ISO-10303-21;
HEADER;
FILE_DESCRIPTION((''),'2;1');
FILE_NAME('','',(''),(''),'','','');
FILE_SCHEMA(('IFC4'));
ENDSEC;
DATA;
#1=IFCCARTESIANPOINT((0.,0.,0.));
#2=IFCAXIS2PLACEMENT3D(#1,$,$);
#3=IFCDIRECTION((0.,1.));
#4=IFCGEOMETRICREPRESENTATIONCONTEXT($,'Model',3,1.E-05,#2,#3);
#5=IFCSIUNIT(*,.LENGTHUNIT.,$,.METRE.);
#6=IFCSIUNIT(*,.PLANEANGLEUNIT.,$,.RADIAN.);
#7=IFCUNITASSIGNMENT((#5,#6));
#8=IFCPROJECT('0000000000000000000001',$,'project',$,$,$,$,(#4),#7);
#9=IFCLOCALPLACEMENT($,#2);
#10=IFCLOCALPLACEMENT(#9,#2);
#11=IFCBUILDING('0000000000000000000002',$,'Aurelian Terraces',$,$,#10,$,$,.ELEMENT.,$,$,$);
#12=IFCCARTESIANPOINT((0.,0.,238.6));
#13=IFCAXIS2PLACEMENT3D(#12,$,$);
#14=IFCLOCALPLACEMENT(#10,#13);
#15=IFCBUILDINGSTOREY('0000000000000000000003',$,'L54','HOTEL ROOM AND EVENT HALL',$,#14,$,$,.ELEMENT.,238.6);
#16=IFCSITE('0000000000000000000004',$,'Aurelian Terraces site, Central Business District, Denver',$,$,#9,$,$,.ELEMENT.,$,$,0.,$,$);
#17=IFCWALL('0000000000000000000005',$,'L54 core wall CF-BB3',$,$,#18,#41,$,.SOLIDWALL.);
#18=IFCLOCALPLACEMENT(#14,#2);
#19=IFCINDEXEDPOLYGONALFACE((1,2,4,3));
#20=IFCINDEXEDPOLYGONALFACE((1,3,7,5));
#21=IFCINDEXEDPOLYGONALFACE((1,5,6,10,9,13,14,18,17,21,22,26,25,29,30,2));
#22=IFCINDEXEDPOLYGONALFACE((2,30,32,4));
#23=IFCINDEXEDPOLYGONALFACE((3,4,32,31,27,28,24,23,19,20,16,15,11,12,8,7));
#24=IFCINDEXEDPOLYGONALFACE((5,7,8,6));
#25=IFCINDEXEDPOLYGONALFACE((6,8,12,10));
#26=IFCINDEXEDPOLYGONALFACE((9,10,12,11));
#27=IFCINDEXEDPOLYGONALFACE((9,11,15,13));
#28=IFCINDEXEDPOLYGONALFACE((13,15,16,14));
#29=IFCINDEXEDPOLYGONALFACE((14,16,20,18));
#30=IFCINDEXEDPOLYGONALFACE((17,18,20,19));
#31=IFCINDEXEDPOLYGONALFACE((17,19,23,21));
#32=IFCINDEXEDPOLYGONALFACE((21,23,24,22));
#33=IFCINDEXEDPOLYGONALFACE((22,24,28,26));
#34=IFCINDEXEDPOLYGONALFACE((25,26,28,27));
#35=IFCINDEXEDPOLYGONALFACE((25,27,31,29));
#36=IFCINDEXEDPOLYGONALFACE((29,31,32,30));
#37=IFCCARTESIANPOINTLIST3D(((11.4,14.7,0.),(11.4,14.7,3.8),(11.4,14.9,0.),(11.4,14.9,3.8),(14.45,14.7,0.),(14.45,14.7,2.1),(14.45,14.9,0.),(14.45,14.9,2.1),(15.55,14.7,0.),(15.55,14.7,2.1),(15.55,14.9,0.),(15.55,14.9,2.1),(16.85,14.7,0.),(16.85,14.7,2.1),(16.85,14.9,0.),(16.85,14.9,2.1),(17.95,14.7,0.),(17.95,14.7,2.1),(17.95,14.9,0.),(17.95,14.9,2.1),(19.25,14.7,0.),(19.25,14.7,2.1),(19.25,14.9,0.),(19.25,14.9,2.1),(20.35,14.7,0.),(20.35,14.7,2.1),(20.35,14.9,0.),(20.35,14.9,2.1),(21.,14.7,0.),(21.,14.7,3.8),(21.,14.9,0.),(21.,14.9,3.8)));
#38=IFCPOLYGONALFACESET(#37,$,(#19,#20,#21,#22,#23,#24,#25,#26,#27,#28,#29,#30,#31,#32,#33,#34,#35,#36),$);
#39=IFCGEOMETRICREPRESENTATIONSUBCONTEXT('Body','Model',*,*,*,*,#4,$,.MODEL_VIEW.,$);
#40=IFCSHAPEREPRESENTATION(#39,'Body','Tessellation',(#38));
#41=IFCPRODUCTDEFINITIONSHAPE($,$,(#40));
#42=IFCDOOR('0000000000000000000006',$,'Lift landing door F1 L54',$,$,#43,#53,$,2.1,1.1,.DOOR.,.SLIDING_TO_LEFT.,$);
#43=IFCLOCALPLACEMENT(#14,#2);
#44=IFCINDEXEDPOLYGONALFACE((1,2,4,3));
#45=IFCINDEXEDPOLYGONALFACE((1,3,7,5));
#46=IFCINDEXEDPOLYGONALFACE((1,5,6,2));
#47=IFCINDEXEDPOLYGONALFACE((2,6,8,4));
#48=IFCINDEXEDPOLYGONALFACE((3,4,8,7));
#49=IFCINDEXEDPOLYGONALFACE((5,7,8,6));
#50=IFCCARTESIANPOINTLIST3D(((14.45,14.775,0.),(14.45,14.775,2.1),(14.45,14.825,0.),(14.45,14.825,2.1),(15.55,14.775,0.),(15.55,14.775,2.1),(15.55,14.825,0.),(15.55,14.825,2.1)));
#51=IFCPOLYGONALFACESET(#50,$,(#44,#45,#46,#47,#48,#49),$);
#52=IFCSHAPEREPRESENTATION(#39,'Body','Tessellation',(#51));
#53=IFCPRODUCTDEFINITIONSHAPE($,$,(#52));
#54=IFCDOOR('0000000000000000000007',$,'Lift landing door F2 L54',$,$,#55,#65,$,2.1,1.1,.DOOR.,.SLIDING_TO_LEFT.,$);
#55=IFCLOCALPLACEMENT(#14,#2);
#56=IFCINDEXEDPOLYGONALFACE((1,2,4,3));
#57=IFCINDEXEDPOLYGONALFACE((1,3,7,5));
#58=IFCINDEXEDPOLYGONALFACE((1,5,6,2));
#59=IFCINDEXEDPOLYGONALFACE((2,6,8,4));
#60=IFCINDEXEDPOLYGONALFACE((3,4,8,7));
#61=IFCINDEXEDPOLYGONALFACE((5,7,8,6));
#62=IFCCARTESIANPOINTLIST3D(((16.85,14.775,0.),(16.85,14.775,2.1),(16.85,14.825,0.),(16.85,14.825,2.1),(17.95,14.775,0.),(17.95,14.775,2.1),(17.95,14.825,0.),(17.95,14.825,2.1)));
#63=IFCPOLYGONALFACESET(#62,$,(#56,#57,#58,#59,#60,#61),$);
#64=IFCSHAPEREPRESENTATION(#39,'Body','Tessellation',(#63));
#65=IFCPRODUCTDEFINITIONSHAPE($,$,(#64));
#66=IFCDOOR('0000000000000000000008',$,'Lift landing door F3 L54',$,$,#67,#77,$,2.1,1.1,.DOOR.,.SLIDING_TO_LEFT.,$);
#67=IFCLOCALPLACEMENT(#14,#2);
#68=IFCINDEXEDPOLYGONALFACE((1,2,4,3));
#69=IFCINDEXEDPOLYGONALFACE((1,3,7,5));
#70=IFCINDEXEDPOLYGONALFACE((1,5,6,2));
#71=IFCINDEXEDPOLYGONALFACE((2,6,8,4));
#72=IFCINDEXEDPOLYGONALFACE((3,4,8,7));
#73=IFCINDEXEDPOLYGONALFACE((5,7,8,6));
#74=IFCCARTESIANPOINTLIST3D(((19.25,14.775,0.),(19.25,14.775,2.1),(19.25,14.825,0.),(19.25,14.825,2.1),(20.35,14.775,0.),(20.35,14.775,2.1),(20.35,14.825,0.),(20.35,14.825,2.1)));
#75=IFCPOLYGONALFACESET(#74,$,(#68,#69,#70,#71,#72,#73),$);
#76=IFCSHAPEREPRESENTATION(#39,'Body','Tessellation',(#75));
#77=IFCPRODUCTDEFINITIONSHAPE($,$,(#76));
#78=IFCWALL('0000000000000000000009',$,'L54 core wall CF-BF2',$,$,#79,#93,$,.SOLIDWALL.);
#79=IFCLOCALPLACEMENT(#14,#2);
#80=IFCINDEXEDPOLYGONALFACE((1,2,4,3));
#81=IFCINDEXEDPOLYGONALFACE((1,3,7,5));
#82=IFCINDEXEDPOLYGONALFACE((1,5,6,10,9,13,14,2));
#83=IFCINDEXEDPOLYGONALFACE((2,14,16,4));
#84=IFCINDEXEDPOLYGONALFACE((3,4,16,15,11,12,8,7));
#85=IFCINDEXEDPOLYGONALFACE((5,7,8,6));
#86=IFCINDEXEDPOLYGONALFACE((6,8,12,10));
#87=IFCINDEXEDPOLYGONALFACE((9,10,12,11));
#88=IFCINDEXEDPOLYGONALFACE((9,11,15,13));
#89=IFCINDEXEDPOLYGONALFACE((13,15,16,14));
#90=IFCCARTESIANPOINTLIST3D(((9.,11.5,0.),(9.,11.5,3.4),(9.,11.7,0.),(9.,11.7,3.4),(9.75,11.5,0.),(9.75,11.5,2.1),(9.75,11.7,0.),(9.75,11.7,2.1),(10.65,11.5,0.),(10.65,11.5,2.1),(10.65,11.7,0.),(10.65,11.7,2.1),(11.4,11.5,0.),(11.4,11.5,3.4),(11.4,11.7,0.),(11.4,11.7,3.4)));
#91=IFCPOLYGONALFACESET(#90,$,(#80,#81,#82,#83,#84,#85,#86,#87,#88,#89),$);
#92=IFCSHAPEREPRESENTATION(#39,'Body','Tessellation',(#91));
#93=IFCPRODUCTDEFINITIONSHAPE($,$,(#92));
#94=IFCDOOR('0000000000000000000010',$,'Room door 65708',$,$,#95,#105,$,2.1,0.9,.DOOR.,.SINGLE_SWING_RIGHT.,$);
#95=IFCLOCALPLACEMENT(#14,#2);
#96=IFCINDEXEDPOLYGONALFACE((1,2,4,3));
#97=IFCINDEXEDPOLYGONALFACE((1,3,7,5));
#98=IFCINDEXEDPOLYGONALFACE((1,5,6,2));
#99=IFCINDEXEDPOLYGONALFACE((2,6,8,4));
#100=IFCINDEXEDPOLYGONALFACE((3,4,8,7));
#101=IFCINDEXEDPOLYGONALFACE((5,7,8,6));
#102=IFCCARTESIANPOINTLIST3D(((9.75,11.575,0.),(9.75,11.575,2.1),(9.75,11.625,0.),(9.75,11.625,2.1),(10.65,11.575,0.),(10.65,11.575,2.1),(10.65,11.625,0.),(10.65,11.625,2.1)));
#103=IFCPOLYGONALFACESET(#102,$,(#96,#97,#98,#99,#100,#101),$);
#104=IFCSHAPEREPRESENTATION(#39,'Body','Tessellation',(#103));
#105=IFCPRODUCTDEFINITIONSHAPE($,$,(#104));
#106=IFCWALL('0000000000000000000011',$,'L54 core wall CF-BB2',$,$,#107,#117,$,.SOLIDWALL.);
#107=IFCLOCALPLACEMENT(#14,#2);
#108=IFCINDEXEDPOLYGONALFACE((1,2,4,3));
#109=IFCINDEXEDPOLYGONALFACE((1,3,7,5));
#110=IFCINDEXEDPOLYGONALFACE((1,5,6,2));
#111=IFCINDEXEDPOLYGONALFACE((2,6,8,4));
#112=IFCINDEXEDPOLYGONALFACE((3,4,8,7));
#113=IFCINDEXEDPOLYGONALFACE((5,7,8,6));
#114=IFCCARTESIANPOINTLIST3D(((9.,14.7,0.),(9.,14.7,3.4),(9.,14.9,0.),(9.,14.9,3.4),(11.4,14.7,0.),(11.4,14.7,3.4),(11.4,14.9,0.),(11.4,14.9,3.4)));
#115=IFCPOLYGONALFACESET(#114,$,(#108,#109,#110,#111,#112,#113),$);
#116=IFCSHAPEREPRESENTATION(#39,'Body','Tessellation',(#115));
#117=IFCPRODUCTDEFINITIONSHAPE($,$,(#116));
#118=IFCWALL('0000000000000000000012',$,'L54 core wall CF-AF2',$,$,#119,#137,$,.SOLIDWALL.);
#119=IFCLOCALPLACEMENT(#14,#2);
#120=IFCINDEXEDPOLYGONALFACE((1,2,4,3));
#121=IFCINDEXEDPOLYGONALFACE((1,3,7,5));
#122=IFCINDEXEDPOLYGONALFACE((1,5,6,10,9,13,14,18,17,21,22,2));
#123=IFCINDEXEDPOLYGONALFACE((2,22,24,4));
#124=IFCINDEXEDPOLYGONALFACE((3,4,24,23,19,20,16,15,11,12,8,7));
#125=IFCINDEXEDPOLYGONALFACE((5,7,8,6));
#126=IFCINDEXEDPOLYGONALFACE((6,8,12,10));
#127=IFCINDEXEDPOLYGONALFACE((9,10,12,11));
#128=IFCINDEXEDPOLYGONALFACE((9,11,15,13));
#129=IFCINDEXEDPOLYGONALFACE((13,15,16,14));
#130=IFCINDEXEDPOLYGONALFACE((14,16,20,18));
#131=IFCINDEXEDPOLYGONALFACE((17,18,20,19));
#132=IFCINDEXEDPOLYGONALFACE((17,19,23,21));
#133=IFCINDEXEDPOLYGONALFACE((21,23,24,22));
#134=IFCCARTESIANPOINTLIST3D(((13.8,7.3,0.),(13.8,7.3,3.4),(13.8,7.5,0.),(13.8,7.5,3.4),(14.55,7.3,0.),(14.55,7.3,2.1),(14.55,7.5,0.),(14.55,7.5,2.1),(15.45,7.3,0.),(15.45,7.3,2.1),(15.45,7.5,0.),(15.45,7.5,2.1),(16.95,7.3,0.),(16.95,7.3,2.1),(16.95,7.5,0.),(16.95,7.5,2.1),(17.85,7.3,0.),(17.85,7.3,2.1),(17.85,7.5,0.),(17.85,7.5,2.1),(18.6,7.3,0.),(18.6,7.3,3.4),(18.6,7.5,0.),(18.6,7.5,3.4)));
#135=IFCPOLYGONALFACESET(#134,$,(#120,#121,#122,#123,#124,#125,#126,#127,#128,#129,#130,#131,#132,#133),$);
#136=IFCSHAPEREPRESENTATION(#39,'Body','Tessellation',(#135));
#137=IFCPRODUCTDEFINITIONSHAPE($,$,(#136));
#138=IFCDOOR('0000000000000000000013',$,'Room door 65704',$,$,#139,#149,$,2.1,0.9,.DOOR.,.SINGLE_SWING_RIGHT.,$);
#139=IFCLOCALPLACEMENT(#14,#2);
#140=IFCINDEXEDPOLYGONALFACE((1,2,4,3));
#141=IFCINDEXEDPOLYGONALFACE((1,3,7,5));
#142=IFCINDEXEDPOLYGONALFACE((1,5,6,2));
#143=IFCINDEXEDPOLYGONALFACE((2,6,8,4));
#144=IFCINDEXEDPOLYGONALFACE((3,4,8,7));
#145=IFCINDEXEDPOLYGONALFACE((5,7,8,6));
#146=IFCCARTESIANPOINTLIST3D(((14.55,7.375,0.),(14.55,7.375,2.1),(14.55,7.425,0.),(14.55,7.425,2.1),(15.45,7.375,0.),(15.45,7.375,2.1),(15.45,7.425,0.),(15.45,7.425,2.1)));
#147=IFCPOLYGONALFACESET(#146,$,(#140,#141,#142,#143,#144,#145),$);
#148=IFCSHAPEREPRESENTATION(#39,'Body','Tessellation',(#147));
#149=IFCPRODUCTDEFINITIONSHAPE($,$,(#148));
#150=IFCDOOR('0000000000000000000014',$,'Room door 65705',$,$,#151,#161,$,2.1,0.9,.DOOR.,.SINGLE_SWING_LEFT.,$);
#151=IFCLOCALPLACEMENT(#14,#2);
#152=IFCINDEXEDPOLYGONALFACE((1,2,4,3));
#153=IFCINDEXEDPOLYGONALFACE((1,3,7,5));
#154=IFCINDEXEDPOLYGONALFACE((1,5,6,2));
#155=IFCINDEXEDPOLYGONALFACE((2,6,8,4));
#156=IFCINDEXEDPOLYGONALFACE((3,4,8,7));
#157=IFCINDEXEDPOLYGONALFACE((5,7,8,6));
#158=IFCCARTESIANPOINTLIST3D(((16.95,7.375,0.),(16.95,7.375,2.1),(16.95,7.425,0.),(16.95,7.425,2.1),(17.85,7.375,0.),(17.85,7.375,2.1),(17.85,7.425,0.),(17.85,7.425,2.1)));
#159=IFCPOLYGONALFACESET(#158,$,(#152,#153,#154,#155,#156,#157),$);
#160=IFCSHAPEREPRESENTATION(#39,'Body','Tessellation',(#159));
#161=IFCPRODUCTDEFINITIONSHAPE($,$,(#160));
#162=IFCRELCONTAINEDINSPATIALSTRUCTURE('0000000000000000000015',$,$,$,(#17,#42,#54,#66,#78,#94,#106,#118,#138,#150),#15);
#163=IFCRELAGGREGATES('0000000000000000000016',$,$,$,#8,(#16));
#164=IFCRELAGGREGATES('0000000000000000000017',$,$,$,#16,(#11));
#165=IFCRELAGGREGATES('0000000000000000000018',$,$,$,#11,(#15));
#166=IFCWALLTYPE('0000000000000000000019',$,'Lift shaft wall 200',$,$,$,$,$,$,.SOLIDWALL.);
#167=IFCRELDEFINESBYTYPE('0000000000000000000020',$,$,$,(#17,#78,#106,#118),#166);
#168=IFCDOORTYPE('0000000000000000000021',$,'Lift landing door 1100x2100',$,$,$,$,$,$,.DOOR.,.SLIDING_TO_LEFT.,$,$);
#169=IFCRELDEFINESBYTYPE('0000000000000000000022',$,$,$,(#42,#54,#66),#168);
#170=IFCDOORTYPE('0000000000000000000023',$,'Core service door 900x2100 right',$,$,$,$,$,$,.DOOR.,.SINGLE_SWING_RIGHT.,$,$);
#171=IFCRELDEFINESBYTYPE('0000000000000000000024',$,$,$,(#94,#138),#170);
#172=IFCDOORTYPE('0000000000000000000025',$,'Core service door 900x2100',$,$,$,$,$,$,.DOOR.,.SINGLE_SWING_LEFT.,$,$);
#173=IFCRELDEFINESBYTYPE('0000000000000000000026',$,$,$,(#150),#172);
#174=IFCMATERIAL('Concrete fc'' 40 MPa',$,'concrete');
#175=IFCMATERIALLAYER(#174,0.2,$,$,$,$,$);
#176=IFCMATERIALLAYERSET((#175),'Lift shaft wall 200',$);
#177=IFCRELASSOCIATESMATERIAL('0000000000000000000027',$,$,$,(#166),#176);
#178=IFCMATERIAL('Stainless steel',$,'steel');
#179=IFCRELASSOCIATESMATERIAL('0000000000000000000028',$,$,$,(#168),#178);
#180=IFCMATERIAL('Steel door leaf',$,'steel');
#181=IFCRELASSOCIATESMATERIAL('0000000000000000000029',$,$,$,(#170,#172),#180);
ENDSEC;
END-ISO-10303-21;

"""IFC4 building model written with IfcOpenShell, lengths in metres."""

from ifc_helpers import new_model, si_unit, direction, frame, frame_2d, origin, place, context, subcontext, project, spatial, rectangle, extrude, source, transform, mapped, material, layer, layer_set, type_object, element, fill, save


model = new_model("IFC4")

# Units and contexts
model_context = context("Model", 3, precision=1e-05, world=origin(), true_north=direction((0.0, 1.0)))
body_context = subcontext(model_context, "Body", "Model", "MODEL_VIEW")
ifc_project = project(units=[si_unit("LENGTHUNIT", "METRE"), si_unit("PLANEANGLEUNIT", "RADIAN")], contexts=[model_context])

# Site, building, storey
site_placement = place(None, origin())
site = spatial("IfcSite", under=ifc_project, at=site_placement, Name="Aurelian Terraces site, Central Business District, Denver", CompositionType="ELEMENT", RefElevation=0.0)
building_placement = place(site_placement, origin())
building = spatial("IfcBuilding", under=site, at=building_placement, Name="Aurelian Terraces", CompositionType="ELEMENT")
storey_placement = place(building_placement, frame((0.0, 0.0, 238.6)))
storey = spatial("IfcBuildingStorey", under=building, at=storey_placement, Name="L54", Description="HOTEL ROOM AND EVENT HALL", CompositionType="ELEMENT", Elevation=238.6)

# Shared definitions
ifc_material_1 = material(Name="Steel door leaf", Category="steel")

# Shared definitions
ifc_material_2 = material(Name="Concrete fc' 40 MPa", Category="concrete")
ifc_layer_1 = layer(ifc_material_2, 0.2)
ifc_layer_set_1 = layer_set([ifc_layer_1], Name="Lift shaft wall 200")
wall_type_1 = type_object("IfcWallType", Name="Lift shaft wall 200", PredefinedType="SOLIDWALL", material=ifc_layer_set_1)
shared_shape_1 = source(origin(), body_context, "Body", "SweptSolid", [
    extrude(rectangle(XDim=9.6, YDim=0.2, at=frame_2d((4.8, 0.0))), origin(), (0.0, 0.0, 1.0), 3.8),
])

# Wall, openings, doors
wall_1_placement = place(storey_placement, frame((11.4, 14.8, 0.0), z_axis=(0.0, 0.0, 1.0), x_axis=(1.0, 0.0, 0.0)))
wall_1 = element("IfcWall", 1, at=wall_1_placement, inside=storey, type_object=wall_type_1, Name="L54 core wall CF-BB3", PredefinedType="SOLIDWALL", context=body_context, shape_type="MappedRepresentation", body=[
    mapped(shared_shape_1, transform((0.0, 0.0, 0.0), scale=1.0)),
])
shared_shape_2 = source(origin(), body_context, "Body", "SweptSolid", [
    extrude(rectangle(XDim=1.1, YDim=2.1, at=frame_2d((0.55, 1.05))), frame((0.0, 0.11, 0.0), z_axis=(0.0, -1.0, 0.0), x_axis=(1.0, 0.0, 0.0)), (0.0, 0.0, 1.0), 0.22),
])
opening_1_placement = place(wall_1_placement, frame((3.05, 0.0, 0.0)))
opening_1 = element("IfcOpeningElement", 2, at=opening_1_placement, cuts=wall_1, PredefinedType="OPENING", context=body_context, shape_type="MappedRepresentation", body=[
    mapped(shared_shape_2, transform((0.0, 0.0, 0.0), scale=1.0)),
])
opening_2_placement = place(wall_1_placement, frame((5.45, 0.0, 0.0)))
opening_2 = element("IfcOpeningElement", 3, at=opening_2_placement, cuts=wall_1, PredefinedType="OPENING", context=body_context, shape_type="MappedRepresentation", body=[
    mapped(shared_shape_2, transform((0.0, 0.0, 0.0), scale=1.0)),
])
opening_3_placement = place(wall_1_placement, frame((7.85, 0.0, 0.0)))
opening_3 = element("IfcOpeningElement", 4, at=opening_3_placement, cuts=wall_1, PredefinedType="OPENING", context=body_context, shape_type="MappedRepresentation", body=[
    mapped(shared_shape_2, transform((0.0, 0.0, 0.0), scale=1.0)),
])
ifc_material_3 = material(Name="Stainless steel", Category="steel")
door_type_1 = type_object("IfcDoorType", Name="Lift landing door 1100x2100", OperationType="SLIDING_TO_LEFT", PredefinedType="DOOR", material=ifc_material_3)
shared_shape_3 = source(origin(), body_context, "Body", "SweptSolid", [
    extrude(rectangle(XDim=1.1, YDim=2.1, at=frame_2d((0.55, 1.05))), frame((0.0, 0.025, 0.0), z_axis=(0.0, -1.0, 0.0), x_axis=(1.0, 0.0, 0.0)), (0.0, 0.0, 1.0), 0.05),
])
door_1_placement = place(opening_1_placement, origin())
door_1 = element("IfcDoor", 5, at=door_1_placement, inside=storey, type_object=door_type_1, Name="Lift landing door F1 L54", OperationType="SLIDING_TO_LEFT", OverallHeight=2.1, OverallWidth=1.1, PredefinedType="DOOR", context=body_context, shape_type="MappedRepresentation", body=[
    mapped(shared_shape_3, transform((0.0, 0.0, 0.0), scale=1.0)),
])
fill(opening_1, door_1)
door_2_placement = place(opening_2_placement, origin())
door_2 = element("IfcDoor", 6, at=door_2_placement, inside=storey, type_object=door_type_1, Name="Lift landing door F2 L54", OperationType="SLIDING_TO_LEFT", OverallHeight=2.1, OverallWidth=1.1, PredefinedType="DOOR", context=body_context, shape_type="MappedRepresentation", body=[
    mapped(shared_shape_3, transform((0.0, 0.0, 0.0), scale=1.0)),
])
fill(opening_2, door_2)
door_3_placement = place(opening_3_placement, origin())
door_3 = element("IfcDoor", 7, at=door_3_placement, inside=storey, type_object=door_type_1, Name="Lift landing door F3 L54", OperationType="SLIDING_TO_LEFT", OverallHeight=2.1, OverallWidth=1.1, PredefinedType="DOOR", context=body_context, shape_type="MappedRepresentation", body=[
    mapped(shared_shape_3, transform((0.0, 0.0, 0.0), scale=1.0)),
])
fill(opening_3, door_3)

# Wall, opening, door
shared_shape_4 = source(origin(), body_context, "Body", "SweptSolid", [
    extrude(rectangle(XDim=2.4, YDim=0.2, at=frame_2d((1.2, 0.0))), origin(), (0.0, 0.0, 1.0), 3.4),
])
wall_2_placement = place(storey_placement, frame((9.0, 11.6, 0.0), z_axis=(0.0, 0.0, 1.0), x_axis=(1.0, 0.0, 0.0)))
wall_2 = element("IfcWall", 8, at=wall_2_placement, inside=storey, type_object=wall_type_1, Name="L54 core wall CF-BF2", PredefinedType="SOLIDWALL", context=body_context, shape_type="MappedRepresentation", body=[
    mapped(shared_shape_4, transform((0.0, 0.0, 0.0), scale=1.0)),
])
shared_shape_5 = source(origin(), body_context, "Body", "SweptSolid", [
    extrude(rectangle(XDim=0.9, YDim=2.1, at=frame_2d((0.45, 1.05))), frame((0.0, 0.11, 0.0), z_axis=(0.0, -1.0, 0.0), x_axis=(1.0, 0.0, 0.0)), (0.0, 0.0, 1.0), 0.22),
])
opening_4_placement = place(wall_2_placement, frame((0.75, 0.0, 0.0)))
opening_4 = element("IfcOpeningElement", 9, at=opening_4_placement, cuts=wall_2, PredefinedType="OPENING", context=body_context, shape_type="MappedRepresentation", body=[
    mapped(shared_shape_5, transform((0.0, 0.0, 0.0), scale=1.0)),
])
door_type_2 = type_object("IfcDoorType", Name="Core service door 900x2100 right", OperationType="SINGLE_SWING_RIGHT", PredefinedType="DOOR", material=ifc_material_1)
shared_shape_6 = source(origin(), body_context, "Body", "SweptSolid", [
    extrude(rectangle(XDim=0.9, YDim=2.1, at=frame_2d((0.45, 1.05))), frame((0.0, 0.025, 0.0), z_axis=(0.0, -1.0, 0.0), x_axis=(1.0, 0.0, 0.0)), (0.0, 0.0, 1.0), 0.05),
])
door_4_placement = place(opening_4_placement, origin())
door_4 = element("IfcDoor", 10, at=door_4_placement, inside=storey, type_object=door_type_2, Name="Room door 65708", OperationType="SINGLE_SWING_RIGHT", OverallHeight=2.1, OverallWidth=0.9, PredefinedType="DOOR", context=body_context, shape_type="MappedRepresentation", body=[
    mapped(shared_shape_6, transform((0.0, 0.0, 0.0), scale=1.0)),
])
fill(opening_4, door_4)

# Wall
wall_3_placement = place(storey_placement, frame((9.0, 14.8, 0.0), z_axis=(0.0, 0.0, 1.0), x_axis=(1.0, 0.0, 0.0)))
element("IfcWall", 11, at=wall_3_placement, inside=storey, type_object=wall_type_1, Name="L54 core wall CF-BB2", PredefinedType="SOLIDWALL", context=body_context, shape_type="MappedRepresentation", body=[
    mapped(shared_shape_4, transform((0.0, 0.0, 0.0), scale=1.0)),
])

# Wall, openings, doors
shared_shape_7 = source(origin(), body_context, "Body", "SweptSolid", [
    extrude(rectangle(XDim=4.8, YDim=0.2, at=frame_2d((2.4, 0.0))), origin(), (0.0, 0.0, 1.0), 3.4),
])
wall_4_placement = place(storey_placement, frame((13.8, 7.4, 0.0), z_axis=(0.0, 0.0, 1.0), x_axis=(1.0, 0.0, 0.0)))
wall_4 = element("IfcWall", 12, at=wall_4_placement, inside=storey, type_object=wall_type_1, Name="L54 core wall CF-AF2", PredefinedType="SOLIDWALL", context=body_context, shape_type="MappedRepresentation", body=[
    mapped(shared_shape_7, transform((0.0, 0.0, 0.0), scale=1.0)),
])
opening_5_placement = place(wall_4_placement, frame((0.75, 0.0, 0.0)))
opening_5 = element("IfcOpeningElement", 13, at=opening_5_placement, cuts=wall_4, PredefinedType="OPENING", context=body_context, shape_type="MappedRepresentation", body=[
    mapped(shared_shape_5, transform((0.0, 0.0, 0.0), scale=1.0)),
])
opening_6_placement = place(wall_4_placement, frame((3.15, 0.0, 0.0)))
opening_6 = element("IfcOpeningElement", 14, at=opening_6_placement, cuts=wall_4, PredefinedType="OPENING", context=body_context, shape_type="MappedRepresentation", body=[
    mapped(shared_shape_5, transform((0.0, 0.0, 0.0), scale=1.0)),
])
door_5_placement = place(opening_5_placement, origin())
door_5 = element("IfcDoor", 15, at=door_5_placement, inside=storey, type_object=door_type_2, Name="Room door 65704", OperationType="SINGLE_SWING_RIGHT", OverallHeight=2.1, OverallWidth=0.9, PredefinedType="DOOR", context=body_context, shape_type="MappedRepresentation", body=[
    mapped(shared_shape_6, transform((0.0, 0.0, 0.0), scale=1.0)),
])
fill(opening_5, door_5)
door_type_3 = type_object("IfcDoorType", Name="Core service door 900x2100", OperationType="SINGLE_SWING_LEFT", PredefinedType="DOOR", material=ifc_material_1)
door_6_placement = place(opening_6_placement, origin())
door_6 = element("IfcDoor", 16, at=door_6_placement, inside=storey, type_object=door_type_3, Name="Room door 65705", OperationType="SINGLE_SWING_LEFT", OverallHeight=2.1, OverallWidth=0.9, PredefinedType="DOOR", context=body_context, shape_type="MappedRepresentation", body=[
    mapped(shared_shape_6, transform((0.0, 0.0, 0.0), scale=1.0)),
])
fill(opening_6, door_6)

save(model, "model.ifc")
